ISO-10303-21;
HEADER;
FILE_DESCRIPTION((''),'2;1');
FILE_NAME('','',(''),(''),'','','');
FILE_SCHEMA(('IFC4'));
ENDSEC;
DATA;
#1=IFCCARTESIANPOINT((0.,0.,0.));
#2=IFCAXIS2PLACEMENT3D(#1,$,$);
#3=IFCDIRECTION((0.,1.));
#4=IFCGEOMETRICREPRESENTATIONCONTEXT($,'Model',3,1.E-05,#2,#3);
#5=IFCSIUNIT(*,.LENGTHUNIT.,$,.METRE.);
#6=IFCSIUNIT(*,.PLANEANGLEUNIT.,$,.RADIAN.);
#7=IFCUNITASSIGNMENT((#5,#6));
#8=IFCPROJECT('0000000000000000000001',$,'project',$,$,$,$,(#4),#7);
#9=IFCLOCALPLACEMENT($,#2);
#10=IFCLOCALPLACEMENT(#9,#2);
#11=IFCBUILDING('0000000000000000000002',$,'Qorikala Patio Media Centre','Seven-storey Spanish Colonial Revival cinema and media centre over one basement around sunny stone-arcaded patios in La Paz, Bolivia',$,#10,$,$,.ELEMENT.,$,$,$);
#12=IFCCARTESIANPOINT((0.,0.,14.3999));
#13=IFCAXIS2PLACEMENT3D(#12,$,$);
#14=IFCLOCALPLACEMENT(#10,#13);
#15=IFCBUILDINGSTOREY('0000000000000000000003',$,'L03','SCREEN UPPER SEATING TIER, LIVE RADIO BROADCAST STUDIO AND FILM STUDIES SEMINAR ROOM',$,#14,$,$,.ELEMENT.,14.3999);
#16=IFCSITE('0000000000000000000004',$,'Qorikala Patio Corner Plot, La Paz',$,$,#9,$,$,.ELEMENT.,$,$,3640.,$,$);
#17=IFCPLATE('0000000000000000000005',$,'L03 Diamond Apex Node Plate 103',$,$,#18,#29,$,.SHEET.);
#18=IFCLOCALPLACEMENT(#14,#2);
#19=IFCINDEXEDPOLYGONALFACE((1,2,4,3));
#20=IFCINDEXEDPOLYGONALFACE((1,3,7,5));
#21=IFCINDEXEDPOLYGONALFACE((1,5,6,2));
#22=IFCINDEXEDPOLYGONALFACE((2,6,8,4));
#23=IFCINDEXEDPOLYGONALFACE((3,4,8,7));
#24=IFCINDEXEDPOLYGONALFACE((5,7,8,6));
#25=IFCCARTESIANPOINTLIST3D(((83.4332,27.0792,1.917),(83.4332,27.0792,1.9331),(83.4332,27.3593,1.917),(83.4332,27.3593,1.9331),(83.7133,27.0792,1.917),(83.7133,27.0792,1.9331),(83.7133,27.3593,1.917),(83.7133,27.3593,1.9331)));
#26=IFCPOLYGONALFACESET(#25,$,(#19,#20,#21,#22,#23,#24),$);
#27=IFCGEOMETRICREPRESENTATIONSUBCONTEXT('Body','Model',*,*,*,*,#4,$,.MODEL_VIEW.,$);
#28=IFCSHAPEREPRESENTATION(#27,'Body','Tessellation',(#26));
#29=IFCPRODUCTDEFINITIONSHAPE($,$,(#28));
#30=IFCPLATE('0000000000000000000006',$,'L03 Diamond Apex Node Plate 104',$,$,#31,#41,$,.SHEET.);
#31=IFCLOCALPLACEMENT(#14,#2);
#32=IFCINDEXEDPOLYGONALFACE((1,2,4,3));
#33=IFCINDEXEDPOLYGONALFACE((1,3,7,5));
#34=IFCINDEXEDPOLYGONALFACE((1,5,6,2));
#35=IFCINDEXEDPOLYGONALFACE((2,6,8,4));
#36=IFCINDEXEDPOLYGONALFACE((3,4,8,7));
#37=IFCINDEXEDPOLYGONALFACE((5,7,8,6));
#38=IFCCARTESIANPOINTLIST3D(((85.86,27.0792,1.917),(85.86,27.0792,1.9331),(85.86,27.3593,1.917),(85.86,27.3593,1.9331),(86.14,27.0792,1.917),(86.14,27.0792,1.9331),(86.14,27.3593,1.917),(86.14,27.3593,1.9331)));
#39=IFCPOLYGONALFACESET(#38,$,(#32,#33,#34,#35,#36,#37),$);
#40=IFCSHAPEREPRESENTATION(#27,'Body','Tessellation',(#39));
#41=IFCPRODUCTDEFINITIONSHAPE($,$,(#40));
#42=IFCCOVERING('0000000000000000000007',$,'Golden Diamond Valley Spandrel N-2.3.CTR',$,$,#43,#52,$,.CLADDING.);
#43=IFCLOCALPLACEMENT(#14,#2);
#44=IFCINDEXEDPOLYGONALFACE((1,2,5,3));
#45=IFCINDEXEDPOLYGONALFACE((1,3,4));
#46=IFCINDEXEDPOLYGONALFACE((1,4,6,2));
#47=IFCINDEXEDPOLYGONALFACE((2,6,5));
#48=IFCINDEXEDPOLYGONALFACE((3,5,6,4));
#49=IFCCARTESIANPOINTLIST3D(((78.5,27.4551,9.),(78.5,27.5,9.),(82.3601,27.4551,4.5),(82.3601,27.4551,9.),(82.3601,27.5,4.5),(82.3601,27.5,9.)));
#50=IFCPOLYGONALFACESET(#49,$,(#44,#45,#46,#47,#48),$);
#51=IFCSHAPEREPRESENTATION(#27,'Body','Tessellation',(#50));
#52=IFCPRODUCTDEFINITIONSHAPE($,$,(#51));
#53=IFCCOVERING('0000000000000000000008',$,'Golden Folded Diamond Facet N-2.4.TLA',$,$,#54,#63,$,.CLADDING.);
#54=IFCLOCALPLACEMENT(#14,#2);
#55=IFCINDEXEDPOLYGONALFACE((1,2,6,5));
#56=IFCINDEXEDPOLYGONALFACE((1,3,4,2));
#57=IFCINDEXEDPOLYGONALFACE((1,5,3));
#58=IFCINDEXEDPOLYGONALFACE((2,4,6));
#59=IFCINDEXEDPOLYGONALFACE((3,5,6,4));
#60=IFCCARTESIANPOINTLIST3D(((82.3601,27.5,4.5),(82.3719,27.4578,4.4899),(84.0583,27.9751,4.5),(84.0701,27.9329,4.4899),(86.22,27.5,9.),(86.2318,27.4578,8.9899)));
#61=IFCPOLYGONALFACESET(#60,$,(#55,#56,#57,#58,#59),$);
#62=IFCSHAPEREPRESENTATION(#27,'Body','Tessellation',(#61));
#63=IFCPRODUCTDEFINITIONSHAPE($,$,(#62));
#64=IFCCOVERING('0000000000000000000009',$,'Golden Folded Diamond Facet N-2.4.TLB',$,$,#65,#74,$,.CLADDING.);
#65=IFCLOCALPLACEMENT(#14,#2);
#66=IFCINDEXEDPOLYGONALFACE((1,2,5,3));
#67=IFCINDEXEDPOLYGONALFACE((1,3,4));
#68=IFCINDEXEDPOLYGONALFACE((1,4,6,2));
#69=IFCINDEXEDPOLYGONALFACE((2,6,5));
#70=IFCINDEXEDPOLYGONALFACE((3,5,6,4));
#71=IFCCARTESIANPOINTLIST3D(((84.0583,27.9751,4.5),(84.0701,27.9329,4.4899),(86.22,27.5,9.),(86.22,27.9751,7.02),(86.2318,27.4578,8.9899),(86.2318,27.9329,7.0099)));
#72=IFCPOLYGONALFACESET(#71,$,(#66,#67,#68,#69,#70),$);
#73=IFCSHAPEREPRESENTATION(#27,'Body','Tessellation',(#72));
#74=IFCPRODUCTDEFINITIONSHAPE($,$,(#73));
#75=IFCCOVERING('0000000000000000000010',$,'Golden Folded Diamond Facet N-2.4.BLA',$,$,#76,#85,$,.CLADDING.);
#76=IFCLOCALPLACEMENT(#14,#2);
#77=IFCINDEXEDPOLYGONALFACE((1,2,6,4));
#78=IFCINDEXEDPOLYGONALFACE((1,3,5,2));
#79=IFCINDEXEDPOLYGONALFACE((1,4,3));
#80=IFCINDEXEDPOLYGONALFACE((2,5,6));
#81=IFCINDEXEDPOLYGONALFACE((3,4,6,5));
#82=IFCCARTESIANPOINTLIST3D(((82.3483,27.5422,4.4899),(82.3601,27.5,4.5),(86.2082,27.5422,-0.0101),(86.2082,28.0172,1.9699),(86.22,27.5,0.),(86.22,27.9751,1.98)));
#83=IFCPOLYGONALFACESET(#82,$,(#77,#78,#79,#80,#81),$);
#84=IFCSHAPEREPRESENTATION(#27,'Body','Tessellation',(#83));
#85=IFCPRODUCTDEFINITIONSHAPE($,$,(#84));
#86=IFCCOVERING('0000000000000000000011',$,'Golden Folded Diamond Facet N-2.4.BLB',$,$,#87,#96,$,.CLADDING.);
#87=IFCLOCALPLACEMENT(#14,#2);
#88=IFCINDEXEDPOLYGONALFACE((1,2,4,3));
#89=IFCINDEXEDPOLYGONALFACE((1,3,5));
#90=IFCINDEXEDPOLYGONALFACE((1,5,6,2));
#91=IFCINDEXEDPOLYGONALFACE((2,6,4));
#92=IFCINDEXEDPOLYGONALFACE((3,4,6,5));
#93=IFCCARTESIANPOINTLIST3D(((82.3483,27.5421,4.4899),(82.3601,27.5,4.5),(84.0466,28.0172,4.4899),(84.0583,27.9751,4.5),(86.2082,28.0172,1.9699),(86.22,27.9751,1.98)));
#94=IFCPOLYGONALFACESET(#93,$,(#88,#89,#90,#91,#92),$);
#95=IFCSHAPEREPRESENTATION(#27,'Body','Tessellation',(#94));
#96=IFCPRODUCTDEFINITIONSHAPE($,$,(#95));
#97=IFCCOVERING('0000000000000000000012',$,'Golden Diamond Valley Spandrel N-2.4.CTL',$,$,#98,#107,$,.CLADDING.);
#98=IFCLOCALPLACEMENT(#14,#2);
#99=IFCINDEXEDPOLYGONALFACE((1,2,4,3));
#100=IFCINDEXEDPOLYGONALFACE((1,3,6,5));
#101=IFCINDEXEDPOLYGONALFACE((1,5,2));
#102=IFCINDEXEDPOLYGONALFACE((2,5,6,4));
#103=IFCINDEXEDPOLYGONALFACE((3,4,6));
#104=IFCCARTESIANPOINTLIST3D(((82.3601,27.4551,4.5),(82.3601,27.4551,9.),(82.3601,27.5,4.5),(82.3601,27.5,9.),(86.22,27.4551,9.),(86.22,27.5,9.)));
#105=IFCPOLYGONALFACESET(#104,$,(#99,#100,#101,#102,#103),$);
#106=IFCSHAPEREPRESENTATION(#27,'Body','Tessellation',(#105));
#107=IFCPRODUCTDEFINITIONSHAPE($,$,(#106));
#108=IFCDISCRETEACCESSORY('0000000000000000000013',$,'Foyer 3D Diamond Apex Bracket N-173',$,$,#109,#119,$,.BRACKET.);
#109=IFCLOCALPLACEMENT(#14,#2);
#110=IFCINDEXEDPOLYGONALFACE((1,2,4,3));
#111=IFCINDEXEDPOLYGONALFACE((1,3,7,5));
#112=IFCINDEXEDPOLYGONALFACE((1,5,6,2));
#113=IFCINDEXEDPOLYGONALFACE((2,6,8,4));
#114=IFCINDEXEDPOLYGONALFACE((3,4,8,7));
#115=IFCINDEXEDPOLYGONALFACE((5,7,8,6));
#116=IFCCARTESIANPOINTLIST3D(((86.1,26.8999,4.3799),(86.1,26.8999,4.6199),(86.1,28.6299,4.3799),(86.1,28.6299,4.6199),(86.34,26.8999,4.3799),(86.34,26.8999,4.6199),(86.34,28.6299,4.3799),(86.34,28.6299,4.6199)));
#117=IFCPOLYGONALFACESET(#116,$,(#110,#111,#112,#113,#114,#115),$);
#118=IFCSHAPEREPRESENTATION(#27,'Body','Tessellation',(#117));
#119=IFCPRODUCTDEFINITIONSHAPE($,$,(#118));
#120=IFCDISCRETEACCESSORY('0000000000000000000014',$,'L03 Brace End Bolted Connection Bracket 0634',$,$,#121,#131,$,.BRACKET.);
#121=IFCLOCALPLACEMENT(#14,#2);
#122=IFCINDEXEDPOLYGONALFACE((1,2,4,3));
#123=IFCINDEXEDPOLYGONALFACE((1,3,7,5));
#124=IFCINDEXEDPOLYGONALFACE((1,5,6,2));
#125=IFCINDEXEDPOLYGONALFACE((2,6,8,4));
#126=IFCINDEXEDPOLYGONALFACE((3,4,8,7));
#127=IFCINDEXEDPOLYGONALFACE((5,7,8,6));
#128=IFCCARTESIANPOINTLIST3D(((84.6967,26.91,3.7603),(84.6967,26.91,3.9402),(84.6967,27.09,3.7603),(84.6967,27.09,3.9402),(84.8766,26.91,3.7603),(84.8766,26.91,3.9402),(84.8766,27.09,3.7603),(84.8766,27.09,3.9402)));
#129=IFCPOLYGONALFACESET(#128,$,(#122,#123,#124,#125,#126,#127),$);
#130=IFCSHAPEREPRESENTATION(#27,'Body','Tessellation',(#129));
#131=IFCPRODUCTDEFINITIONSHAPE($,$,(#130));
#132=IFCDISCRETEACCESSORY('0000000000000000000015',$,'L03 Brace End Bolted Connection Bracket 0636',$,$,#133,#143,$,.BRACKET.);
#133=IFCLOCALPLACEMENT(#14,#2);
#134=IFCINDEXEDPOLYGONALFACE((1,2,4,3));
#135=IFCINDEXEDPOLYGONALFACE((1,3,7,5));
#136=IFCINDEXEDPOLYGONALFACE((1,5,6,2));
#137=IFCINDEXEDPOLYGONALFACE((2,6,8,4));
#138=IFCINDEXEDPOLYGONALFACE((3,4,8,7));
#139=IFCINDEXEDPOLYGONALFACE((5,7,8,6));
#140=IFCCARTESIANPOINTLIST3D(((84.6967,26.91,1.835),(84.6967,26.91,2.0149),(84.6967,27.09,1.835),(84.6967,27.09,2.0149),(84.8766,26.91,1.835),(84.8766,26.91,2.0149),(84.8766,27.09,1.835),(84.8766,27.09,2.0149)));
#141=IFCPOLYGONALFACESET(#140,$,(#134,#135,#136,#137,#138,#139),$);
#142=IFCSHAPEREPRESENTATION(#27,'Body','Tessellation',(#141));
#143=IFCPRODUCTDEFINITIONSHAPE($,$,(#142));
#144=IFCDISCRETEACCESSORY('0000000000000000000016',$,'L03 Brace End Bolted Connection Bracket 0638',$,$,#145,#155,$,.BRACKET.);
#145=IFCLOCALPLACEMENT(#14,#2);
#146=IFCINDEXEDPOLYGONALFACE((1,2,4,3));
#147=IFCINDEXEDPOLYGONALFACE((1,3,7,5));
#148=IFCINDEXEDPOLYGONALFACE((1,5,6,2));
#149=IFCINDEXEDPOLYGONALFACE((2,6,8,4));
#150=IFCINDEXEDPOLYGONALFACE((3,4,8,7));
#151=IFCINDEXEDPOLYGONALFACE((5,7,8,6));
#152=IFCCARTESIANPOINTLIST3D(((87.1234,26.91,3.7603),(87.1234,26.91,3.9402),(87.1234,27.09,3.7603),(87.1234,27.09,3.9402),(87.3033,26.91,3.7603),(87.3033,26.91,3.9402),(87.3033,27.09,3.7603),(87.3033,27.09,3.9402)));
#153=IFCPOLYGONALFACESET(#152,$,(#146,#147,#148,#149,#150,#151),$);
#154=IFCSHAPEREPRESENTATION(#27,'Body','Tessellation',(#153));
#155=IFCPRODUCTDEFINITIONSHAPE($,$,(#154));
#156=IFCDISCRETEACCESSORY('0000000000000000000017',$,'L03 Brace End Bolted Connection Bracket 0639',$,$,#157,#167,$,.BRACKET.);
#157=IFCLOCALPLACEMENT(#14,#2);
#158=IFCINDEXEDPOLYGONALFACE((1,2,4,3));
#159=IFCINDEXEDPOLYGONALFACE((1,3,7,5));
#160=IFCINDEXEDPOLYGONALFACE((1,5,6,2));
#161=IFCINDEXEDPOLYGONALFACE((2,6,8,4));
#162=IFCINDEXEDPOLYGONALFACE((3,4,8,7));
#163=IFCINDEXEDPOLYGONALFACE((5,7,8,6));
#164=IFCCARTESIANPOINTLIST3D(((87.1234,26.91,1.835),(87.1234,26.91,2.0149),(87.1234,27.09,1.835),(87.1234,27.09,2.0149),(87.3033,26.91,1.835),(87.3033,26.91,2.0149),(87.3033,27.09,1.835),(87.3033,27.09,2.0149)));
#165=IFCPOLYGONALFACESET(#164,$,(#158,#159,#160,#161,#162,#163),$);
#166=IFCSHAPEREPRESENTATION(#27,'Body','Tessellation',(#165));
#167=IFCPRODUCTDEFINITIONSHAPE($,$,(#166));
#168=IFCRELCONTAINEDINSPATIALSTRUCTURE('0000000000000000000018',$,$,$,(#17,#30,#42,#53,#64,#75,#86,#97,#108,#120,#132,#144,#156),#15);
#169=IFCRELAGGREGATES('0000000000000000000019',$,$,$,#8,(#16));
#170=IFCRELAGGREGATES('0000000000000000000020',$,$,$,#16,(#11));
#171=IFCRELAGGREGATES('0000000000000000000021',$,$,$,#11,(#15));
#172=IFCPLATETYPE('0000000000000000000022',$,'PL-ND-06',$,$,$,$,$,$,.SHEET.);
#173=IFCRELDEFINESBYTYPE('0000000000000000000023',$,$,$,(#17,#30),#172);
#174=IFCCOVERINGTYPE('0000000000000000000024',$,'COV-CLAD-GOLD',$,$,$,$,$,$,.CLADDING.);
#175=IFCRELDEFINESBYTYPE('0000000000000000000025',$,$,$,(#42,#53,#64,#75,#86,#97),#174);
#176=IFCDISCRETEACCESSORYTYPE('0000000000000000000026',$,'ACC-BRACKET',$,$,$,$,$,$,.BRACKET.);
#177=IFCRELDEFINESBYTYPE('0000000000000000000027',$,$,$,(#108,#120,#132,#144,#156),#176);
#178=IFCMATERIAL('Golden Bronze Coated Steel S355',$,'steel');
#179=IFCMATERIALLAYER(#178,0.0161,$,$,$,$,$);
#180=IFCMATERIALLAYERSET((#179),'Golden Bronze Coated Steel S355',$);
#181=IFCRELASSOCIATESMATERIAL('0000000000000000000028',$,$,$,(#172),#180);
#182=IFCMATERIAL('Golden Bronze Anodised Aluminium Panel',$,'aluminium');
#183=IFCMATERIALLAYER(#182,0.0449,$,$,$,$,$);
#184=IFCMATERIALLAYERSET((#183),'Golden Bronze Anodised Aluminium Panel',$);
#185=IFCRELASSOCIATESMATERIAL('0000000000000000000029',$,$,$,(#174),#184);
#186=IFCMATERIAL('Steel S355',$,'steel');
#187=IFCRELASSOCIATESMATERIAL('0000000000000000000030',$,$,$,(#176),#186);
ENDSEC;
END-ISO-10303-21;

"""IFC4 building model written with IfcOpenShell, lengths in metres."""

from ifc_helpers import new_model, si_unit, direction, frame, origin, origin_2d, place, context, subcontext, project, spatial, polyline, rectangle, outline, extrude, material, layer, layer_set, type_object, element, save


model = new_model("IFC4")

# Units and contexts
model_context = context("Model", 3, precision=1e-05, world=origin(), true_north=direction((0.0, 1.0)))
body_context = subcontext(model_context, "Body", "Model", "MODEL_VIEW")
ifc_project = project(units=[si_unit("LENGTHUNIT", "METRE"), si_unit("PLANEANGLEUNIT", "RADIAN")], contexts=[model_context])

# Site, building, storey
site_placement = place(None, origin())
site = spatial("IfcSite", under=ifc_project, at=site_placement, Name="Qorikala Patio Corner Plot, La Paz", CompositionType="ELEMENT", RefElevation=3640.0)
building_placement = place(site_placement, origin())
building = spatial("IfcBuilding", under=site, at=building_placement, Name="Qorikala Patio Media Centre", Description="Seven-storey Spanish Colonial Revival cinema and media centre over one basement around sunny stone-arcaded patios in La Paz, Bolivia", CompositionType="ELEMENT")
storey_placement = place(building_placement, frame((0.0, 0.0, 14.3999)))
storey = spatial("IfcBuildingStorey", under=building, at=storey_placement, Name="L03", Description="SCREEN UPPER SEATING TIER, LIVE RADIO BROADCAST STUDIO AND FILM STUDIES SEMINAR ROOM", CompositionType="ELEMENT", Elevation=14.3999)

# Shared definitions
ifc_material_1 = material(Name="Golden Bronze Coated Steel S355", Category="steel")

# Plates
ifc_layer_1 = layer(ifc_material_1, 0.0161)
ifc_layer_set_1 = layer_set([ifc_layer_1], Name="Golden Bronze Coated Steel S355")
plate_type_1 = type_object("IfcPlateType", Name="PL-ND-06", PredefinedType="SHEET", material=ifc_layer_set_1)
for number, where, z_axis, x_axis, name in (
    (1, (83.5732, 27.2192, 1.917), (0.0, 0.0, 1.0), (1.0, 0.0, 0.0), "L03 Diamond Apex Node Plate 103"),
    (2, (86.0, 27.2192, 1.917), (0.0, 0.0, 1.0), (1.0, 0.0, 0.0), "L03 Diamond Apex Node Plate 104"),
):
    element("IfcPlate", number, at=place(storey_placement, frame(where, z_axis=z_axis, x_axis=x_axis)), inside=storey, type_object=plate_type_1, Name=name, PredefinedType="SHEET", context=body_context, shape_type="SweptSolid", body=[
        extrude(rectangle(XDim=0.28, YDim=0.28, at=origin_2d()), origin(), (0.0, 0.0, 1.0), 0.0161),
    ])

# Coverings
ifc_material_2 = material(Name="Golden Bronze Anodised Aluminium Panel", Category="aluminium")
ifc_layer_2 = layer(ifc_material_2, 0.0449)
ifc_layer_set_2 = layer_set([ifc_layer_2], Name="Golden Bronze Anodised Aluminium Panel")
covering_type = type_object("IfcCoveringType", Name="COV-CLAD-GOLD", PredefinedType="CLADDING", material=ifc_layer_set_2)
covering_1_placement = place(storey_placement, frame((82.3601, 27.5, 9.0), z_axis=(0.0, 1.0, 0.0), x_axis=(0.0, 0.0, -1.0)))
element("IfcCovering", 3, at=covering_1_placement, inside=storey, type_object=covering_type, Name="Golden Diamond Valley Spandrel N-2.3.CTR", PredefinedType="CLADDING", context=body_context, shape_type="SweptSolid", body=[
    extrude(outline(polyline([(0.0, 0.0), (4.5, 0.0), (0.0, 3.8601), (0.0, 0.0)])), origin(), (0.0, 0.0, -1.0), 0.0449),
])
covering_2_placement = place(storey_placement, frame((86.22, 27.5, 9.0), z_axis=(-0.262496, 0.938297, 0.225156), x_axis=(-0.651056, 0.0, -0.75903)))
element("IfcCovering", 4, at=covering_2_placement, inside=storey, type_object=covering_type, Name="Golden Folded Diamond Facet N-2.4.TLA", PredefinedType="CLADDING", context=body_context, shape_type="SweptSolid", body=[
    extrude(outline(polyline([(0.0, 0.0), (5.9286, 0.0), (4.823, -1.3738), (0.0, 0.0)])), origin(), (0.0, 0.0, -1.0), 0.0449),
])
covering_3_placement = place(storey_placement, frame((86.22, 27.5, 9.0), z_axis=(-0.262476, 0.938304, 0.225147), x_axis=(-0.431047, 0.094739, -0.897342)))
element("IfcCovering", 5, at=covering_3_placement, inside=storey, type_object=covering_type, Name="Golden Folded Diamond Facet N-2.4.TLB", PredefinedType="CLADDING", context=body_context, shape_type="SweptSolid", body=[
    extrude(outline(polyline([(0.0, 0.0), (5.0148, 0.0), (1.8217, -0.9096), (0.0, 0.0)])), origin(), (0.0, 0.0, -1.0), 0.0449),
])
covering_4_placement = place(storey_placement, frame((82.3601, 27.5, 4.5), z_axis=(0.262485, -0.938302, 0.225146), x_axis=(0.651056, 0.0, -0.75903)))
element("IfcCovering", 6, at=covering_4_placement, inside=storey, type_object=covering_type, Name="Golden Folded Diamond Facet N-2.4.BLA", PredefinedType="CLADDING", context=body_context, shape_type="SweptSolid", body=[
    extrude(outline(polyline([(0.0, 0.0), (5.9286, 0.0), (4.4258, 1.3738), (0.0, 0.0)])), origin(), (0.0, 0.0, -1.0), 0.0449),
])
covering_5_placement = place(storey_placement, frame((82.3601, 27.5, 4.5), z_axis=(0.262496, -0.938295, 0.225164), x_axis=(0.832929, 0.102522, -0.543801)))
element("IfcCovering", 7, at=covering_5_placement, inside=storey, type_object=covering_type, Name="Golden Folded Diamond Facet N-2.4.BLB", PredefinedType="CLADDING", context=body_context, shape_type="SweptSolid", body=[
    extrude(outline(polyline([(0.0, 0.0), (4.6341, 0.0), (1.4632, 0.9842), (0.0, 0.0)])), origin(), (0.0, 0.0, -1.0), 0.0449),
])
covering_6_placement = place(storey_placement, frame((82.3601, 27.5, 9.0), z_axis=(0.0, 1.0, 0.0), x_axis=(1.0, 0.0, 0.0)))
element("IfcCovering", 8, at=covering_6_placement, inside=storey, type_object=covering_type, Name="Golden Diamond Valley Spandrel N-2.4.CTL", PredefinedType="CLADDING", context=body_context, shape_type="SweptSolid", body=[
    extrude(outline(polyline([(0.0, 0.0), (3.8599, 0.0), (0.0, 4.5), (0.0, 0.0)])), origin(), (0.0, 0.0, -1.0), 0.0449),
])

# Discrete accessories
ifc_material_3 = material(Name="Steel S355", Category="steel")
discrete_accessory_type = type_object("IfcDiscreteAccessoryType", Name="ACC-BRACKET", PredefinedType="BRACKET", material=ifc_material_3)
discrete_accessory_placement = place(storey_placement, frame((86.22, 27.7649, 4.3799), z_axis=(0.0, 0.0, 1.0), x_axis=(1.0, 0.0, 0.0)))
element("IfcDiscreteAccessory", 9, at=discrete_accessory_placement, inside=storey, type_object=discrete_accessory_type, Name="Foyer 3D Diamond Apex Bracket N-173", PredefinedType="BRACKET", context=body_context, shape_type="SweptSolid", body=[
    extrude(rectangle(XDim=0.24, YDim=1.73, at=origin_2d()), origin(), (0.0, 0.0, 1.0), 0.24),
])
for number, where, z_axis, x_axis, name in (
    (10, (84.7866, 27.0, 3.7603), (0.0, 0.0, 1.0), (1.0, 0.0, 0.0), "L03 Brace End Bolted Connection Bracket 0634"),
    (11, (84.7866, 27.0, 1.835), (0.0, 0.0, 1.0), (1.0, 0.0, 0.0), "L03 Brace End Bolted Connection Bracket 0636"),
    (12, (87.2134, 27.0, 3.7603), (0.0, 0.0, 1.0), (1.0, 0.0, 0.0), "L03 Brace End Bolted Connection Bracket 0638"),
    (13, (87.2134, 27.0, 1.835), (0.0, 0.0, 1.0), (1.0, 0.0, 0.0), "L03 Brace End Bolted Connection Bracket 0639"),
):
    element("IfcDiscreteAccessory", number, at=place(storey_placement, frame(where, z_axis=z_axis, x_axis=x_axis)), inside=storey, type_object=discrete_accessory_type, Name=name, PredefinedType="BRACKET", context=body_context, shape_type="SweptSolid", body=[
        extrude(rectangle(XDim=0.1799, YDim=0.1799, at=origin_2d()), origin(), (0.0, 0.0, 1.0), 0.1799),
    ])

save(model, "model.ifc")
